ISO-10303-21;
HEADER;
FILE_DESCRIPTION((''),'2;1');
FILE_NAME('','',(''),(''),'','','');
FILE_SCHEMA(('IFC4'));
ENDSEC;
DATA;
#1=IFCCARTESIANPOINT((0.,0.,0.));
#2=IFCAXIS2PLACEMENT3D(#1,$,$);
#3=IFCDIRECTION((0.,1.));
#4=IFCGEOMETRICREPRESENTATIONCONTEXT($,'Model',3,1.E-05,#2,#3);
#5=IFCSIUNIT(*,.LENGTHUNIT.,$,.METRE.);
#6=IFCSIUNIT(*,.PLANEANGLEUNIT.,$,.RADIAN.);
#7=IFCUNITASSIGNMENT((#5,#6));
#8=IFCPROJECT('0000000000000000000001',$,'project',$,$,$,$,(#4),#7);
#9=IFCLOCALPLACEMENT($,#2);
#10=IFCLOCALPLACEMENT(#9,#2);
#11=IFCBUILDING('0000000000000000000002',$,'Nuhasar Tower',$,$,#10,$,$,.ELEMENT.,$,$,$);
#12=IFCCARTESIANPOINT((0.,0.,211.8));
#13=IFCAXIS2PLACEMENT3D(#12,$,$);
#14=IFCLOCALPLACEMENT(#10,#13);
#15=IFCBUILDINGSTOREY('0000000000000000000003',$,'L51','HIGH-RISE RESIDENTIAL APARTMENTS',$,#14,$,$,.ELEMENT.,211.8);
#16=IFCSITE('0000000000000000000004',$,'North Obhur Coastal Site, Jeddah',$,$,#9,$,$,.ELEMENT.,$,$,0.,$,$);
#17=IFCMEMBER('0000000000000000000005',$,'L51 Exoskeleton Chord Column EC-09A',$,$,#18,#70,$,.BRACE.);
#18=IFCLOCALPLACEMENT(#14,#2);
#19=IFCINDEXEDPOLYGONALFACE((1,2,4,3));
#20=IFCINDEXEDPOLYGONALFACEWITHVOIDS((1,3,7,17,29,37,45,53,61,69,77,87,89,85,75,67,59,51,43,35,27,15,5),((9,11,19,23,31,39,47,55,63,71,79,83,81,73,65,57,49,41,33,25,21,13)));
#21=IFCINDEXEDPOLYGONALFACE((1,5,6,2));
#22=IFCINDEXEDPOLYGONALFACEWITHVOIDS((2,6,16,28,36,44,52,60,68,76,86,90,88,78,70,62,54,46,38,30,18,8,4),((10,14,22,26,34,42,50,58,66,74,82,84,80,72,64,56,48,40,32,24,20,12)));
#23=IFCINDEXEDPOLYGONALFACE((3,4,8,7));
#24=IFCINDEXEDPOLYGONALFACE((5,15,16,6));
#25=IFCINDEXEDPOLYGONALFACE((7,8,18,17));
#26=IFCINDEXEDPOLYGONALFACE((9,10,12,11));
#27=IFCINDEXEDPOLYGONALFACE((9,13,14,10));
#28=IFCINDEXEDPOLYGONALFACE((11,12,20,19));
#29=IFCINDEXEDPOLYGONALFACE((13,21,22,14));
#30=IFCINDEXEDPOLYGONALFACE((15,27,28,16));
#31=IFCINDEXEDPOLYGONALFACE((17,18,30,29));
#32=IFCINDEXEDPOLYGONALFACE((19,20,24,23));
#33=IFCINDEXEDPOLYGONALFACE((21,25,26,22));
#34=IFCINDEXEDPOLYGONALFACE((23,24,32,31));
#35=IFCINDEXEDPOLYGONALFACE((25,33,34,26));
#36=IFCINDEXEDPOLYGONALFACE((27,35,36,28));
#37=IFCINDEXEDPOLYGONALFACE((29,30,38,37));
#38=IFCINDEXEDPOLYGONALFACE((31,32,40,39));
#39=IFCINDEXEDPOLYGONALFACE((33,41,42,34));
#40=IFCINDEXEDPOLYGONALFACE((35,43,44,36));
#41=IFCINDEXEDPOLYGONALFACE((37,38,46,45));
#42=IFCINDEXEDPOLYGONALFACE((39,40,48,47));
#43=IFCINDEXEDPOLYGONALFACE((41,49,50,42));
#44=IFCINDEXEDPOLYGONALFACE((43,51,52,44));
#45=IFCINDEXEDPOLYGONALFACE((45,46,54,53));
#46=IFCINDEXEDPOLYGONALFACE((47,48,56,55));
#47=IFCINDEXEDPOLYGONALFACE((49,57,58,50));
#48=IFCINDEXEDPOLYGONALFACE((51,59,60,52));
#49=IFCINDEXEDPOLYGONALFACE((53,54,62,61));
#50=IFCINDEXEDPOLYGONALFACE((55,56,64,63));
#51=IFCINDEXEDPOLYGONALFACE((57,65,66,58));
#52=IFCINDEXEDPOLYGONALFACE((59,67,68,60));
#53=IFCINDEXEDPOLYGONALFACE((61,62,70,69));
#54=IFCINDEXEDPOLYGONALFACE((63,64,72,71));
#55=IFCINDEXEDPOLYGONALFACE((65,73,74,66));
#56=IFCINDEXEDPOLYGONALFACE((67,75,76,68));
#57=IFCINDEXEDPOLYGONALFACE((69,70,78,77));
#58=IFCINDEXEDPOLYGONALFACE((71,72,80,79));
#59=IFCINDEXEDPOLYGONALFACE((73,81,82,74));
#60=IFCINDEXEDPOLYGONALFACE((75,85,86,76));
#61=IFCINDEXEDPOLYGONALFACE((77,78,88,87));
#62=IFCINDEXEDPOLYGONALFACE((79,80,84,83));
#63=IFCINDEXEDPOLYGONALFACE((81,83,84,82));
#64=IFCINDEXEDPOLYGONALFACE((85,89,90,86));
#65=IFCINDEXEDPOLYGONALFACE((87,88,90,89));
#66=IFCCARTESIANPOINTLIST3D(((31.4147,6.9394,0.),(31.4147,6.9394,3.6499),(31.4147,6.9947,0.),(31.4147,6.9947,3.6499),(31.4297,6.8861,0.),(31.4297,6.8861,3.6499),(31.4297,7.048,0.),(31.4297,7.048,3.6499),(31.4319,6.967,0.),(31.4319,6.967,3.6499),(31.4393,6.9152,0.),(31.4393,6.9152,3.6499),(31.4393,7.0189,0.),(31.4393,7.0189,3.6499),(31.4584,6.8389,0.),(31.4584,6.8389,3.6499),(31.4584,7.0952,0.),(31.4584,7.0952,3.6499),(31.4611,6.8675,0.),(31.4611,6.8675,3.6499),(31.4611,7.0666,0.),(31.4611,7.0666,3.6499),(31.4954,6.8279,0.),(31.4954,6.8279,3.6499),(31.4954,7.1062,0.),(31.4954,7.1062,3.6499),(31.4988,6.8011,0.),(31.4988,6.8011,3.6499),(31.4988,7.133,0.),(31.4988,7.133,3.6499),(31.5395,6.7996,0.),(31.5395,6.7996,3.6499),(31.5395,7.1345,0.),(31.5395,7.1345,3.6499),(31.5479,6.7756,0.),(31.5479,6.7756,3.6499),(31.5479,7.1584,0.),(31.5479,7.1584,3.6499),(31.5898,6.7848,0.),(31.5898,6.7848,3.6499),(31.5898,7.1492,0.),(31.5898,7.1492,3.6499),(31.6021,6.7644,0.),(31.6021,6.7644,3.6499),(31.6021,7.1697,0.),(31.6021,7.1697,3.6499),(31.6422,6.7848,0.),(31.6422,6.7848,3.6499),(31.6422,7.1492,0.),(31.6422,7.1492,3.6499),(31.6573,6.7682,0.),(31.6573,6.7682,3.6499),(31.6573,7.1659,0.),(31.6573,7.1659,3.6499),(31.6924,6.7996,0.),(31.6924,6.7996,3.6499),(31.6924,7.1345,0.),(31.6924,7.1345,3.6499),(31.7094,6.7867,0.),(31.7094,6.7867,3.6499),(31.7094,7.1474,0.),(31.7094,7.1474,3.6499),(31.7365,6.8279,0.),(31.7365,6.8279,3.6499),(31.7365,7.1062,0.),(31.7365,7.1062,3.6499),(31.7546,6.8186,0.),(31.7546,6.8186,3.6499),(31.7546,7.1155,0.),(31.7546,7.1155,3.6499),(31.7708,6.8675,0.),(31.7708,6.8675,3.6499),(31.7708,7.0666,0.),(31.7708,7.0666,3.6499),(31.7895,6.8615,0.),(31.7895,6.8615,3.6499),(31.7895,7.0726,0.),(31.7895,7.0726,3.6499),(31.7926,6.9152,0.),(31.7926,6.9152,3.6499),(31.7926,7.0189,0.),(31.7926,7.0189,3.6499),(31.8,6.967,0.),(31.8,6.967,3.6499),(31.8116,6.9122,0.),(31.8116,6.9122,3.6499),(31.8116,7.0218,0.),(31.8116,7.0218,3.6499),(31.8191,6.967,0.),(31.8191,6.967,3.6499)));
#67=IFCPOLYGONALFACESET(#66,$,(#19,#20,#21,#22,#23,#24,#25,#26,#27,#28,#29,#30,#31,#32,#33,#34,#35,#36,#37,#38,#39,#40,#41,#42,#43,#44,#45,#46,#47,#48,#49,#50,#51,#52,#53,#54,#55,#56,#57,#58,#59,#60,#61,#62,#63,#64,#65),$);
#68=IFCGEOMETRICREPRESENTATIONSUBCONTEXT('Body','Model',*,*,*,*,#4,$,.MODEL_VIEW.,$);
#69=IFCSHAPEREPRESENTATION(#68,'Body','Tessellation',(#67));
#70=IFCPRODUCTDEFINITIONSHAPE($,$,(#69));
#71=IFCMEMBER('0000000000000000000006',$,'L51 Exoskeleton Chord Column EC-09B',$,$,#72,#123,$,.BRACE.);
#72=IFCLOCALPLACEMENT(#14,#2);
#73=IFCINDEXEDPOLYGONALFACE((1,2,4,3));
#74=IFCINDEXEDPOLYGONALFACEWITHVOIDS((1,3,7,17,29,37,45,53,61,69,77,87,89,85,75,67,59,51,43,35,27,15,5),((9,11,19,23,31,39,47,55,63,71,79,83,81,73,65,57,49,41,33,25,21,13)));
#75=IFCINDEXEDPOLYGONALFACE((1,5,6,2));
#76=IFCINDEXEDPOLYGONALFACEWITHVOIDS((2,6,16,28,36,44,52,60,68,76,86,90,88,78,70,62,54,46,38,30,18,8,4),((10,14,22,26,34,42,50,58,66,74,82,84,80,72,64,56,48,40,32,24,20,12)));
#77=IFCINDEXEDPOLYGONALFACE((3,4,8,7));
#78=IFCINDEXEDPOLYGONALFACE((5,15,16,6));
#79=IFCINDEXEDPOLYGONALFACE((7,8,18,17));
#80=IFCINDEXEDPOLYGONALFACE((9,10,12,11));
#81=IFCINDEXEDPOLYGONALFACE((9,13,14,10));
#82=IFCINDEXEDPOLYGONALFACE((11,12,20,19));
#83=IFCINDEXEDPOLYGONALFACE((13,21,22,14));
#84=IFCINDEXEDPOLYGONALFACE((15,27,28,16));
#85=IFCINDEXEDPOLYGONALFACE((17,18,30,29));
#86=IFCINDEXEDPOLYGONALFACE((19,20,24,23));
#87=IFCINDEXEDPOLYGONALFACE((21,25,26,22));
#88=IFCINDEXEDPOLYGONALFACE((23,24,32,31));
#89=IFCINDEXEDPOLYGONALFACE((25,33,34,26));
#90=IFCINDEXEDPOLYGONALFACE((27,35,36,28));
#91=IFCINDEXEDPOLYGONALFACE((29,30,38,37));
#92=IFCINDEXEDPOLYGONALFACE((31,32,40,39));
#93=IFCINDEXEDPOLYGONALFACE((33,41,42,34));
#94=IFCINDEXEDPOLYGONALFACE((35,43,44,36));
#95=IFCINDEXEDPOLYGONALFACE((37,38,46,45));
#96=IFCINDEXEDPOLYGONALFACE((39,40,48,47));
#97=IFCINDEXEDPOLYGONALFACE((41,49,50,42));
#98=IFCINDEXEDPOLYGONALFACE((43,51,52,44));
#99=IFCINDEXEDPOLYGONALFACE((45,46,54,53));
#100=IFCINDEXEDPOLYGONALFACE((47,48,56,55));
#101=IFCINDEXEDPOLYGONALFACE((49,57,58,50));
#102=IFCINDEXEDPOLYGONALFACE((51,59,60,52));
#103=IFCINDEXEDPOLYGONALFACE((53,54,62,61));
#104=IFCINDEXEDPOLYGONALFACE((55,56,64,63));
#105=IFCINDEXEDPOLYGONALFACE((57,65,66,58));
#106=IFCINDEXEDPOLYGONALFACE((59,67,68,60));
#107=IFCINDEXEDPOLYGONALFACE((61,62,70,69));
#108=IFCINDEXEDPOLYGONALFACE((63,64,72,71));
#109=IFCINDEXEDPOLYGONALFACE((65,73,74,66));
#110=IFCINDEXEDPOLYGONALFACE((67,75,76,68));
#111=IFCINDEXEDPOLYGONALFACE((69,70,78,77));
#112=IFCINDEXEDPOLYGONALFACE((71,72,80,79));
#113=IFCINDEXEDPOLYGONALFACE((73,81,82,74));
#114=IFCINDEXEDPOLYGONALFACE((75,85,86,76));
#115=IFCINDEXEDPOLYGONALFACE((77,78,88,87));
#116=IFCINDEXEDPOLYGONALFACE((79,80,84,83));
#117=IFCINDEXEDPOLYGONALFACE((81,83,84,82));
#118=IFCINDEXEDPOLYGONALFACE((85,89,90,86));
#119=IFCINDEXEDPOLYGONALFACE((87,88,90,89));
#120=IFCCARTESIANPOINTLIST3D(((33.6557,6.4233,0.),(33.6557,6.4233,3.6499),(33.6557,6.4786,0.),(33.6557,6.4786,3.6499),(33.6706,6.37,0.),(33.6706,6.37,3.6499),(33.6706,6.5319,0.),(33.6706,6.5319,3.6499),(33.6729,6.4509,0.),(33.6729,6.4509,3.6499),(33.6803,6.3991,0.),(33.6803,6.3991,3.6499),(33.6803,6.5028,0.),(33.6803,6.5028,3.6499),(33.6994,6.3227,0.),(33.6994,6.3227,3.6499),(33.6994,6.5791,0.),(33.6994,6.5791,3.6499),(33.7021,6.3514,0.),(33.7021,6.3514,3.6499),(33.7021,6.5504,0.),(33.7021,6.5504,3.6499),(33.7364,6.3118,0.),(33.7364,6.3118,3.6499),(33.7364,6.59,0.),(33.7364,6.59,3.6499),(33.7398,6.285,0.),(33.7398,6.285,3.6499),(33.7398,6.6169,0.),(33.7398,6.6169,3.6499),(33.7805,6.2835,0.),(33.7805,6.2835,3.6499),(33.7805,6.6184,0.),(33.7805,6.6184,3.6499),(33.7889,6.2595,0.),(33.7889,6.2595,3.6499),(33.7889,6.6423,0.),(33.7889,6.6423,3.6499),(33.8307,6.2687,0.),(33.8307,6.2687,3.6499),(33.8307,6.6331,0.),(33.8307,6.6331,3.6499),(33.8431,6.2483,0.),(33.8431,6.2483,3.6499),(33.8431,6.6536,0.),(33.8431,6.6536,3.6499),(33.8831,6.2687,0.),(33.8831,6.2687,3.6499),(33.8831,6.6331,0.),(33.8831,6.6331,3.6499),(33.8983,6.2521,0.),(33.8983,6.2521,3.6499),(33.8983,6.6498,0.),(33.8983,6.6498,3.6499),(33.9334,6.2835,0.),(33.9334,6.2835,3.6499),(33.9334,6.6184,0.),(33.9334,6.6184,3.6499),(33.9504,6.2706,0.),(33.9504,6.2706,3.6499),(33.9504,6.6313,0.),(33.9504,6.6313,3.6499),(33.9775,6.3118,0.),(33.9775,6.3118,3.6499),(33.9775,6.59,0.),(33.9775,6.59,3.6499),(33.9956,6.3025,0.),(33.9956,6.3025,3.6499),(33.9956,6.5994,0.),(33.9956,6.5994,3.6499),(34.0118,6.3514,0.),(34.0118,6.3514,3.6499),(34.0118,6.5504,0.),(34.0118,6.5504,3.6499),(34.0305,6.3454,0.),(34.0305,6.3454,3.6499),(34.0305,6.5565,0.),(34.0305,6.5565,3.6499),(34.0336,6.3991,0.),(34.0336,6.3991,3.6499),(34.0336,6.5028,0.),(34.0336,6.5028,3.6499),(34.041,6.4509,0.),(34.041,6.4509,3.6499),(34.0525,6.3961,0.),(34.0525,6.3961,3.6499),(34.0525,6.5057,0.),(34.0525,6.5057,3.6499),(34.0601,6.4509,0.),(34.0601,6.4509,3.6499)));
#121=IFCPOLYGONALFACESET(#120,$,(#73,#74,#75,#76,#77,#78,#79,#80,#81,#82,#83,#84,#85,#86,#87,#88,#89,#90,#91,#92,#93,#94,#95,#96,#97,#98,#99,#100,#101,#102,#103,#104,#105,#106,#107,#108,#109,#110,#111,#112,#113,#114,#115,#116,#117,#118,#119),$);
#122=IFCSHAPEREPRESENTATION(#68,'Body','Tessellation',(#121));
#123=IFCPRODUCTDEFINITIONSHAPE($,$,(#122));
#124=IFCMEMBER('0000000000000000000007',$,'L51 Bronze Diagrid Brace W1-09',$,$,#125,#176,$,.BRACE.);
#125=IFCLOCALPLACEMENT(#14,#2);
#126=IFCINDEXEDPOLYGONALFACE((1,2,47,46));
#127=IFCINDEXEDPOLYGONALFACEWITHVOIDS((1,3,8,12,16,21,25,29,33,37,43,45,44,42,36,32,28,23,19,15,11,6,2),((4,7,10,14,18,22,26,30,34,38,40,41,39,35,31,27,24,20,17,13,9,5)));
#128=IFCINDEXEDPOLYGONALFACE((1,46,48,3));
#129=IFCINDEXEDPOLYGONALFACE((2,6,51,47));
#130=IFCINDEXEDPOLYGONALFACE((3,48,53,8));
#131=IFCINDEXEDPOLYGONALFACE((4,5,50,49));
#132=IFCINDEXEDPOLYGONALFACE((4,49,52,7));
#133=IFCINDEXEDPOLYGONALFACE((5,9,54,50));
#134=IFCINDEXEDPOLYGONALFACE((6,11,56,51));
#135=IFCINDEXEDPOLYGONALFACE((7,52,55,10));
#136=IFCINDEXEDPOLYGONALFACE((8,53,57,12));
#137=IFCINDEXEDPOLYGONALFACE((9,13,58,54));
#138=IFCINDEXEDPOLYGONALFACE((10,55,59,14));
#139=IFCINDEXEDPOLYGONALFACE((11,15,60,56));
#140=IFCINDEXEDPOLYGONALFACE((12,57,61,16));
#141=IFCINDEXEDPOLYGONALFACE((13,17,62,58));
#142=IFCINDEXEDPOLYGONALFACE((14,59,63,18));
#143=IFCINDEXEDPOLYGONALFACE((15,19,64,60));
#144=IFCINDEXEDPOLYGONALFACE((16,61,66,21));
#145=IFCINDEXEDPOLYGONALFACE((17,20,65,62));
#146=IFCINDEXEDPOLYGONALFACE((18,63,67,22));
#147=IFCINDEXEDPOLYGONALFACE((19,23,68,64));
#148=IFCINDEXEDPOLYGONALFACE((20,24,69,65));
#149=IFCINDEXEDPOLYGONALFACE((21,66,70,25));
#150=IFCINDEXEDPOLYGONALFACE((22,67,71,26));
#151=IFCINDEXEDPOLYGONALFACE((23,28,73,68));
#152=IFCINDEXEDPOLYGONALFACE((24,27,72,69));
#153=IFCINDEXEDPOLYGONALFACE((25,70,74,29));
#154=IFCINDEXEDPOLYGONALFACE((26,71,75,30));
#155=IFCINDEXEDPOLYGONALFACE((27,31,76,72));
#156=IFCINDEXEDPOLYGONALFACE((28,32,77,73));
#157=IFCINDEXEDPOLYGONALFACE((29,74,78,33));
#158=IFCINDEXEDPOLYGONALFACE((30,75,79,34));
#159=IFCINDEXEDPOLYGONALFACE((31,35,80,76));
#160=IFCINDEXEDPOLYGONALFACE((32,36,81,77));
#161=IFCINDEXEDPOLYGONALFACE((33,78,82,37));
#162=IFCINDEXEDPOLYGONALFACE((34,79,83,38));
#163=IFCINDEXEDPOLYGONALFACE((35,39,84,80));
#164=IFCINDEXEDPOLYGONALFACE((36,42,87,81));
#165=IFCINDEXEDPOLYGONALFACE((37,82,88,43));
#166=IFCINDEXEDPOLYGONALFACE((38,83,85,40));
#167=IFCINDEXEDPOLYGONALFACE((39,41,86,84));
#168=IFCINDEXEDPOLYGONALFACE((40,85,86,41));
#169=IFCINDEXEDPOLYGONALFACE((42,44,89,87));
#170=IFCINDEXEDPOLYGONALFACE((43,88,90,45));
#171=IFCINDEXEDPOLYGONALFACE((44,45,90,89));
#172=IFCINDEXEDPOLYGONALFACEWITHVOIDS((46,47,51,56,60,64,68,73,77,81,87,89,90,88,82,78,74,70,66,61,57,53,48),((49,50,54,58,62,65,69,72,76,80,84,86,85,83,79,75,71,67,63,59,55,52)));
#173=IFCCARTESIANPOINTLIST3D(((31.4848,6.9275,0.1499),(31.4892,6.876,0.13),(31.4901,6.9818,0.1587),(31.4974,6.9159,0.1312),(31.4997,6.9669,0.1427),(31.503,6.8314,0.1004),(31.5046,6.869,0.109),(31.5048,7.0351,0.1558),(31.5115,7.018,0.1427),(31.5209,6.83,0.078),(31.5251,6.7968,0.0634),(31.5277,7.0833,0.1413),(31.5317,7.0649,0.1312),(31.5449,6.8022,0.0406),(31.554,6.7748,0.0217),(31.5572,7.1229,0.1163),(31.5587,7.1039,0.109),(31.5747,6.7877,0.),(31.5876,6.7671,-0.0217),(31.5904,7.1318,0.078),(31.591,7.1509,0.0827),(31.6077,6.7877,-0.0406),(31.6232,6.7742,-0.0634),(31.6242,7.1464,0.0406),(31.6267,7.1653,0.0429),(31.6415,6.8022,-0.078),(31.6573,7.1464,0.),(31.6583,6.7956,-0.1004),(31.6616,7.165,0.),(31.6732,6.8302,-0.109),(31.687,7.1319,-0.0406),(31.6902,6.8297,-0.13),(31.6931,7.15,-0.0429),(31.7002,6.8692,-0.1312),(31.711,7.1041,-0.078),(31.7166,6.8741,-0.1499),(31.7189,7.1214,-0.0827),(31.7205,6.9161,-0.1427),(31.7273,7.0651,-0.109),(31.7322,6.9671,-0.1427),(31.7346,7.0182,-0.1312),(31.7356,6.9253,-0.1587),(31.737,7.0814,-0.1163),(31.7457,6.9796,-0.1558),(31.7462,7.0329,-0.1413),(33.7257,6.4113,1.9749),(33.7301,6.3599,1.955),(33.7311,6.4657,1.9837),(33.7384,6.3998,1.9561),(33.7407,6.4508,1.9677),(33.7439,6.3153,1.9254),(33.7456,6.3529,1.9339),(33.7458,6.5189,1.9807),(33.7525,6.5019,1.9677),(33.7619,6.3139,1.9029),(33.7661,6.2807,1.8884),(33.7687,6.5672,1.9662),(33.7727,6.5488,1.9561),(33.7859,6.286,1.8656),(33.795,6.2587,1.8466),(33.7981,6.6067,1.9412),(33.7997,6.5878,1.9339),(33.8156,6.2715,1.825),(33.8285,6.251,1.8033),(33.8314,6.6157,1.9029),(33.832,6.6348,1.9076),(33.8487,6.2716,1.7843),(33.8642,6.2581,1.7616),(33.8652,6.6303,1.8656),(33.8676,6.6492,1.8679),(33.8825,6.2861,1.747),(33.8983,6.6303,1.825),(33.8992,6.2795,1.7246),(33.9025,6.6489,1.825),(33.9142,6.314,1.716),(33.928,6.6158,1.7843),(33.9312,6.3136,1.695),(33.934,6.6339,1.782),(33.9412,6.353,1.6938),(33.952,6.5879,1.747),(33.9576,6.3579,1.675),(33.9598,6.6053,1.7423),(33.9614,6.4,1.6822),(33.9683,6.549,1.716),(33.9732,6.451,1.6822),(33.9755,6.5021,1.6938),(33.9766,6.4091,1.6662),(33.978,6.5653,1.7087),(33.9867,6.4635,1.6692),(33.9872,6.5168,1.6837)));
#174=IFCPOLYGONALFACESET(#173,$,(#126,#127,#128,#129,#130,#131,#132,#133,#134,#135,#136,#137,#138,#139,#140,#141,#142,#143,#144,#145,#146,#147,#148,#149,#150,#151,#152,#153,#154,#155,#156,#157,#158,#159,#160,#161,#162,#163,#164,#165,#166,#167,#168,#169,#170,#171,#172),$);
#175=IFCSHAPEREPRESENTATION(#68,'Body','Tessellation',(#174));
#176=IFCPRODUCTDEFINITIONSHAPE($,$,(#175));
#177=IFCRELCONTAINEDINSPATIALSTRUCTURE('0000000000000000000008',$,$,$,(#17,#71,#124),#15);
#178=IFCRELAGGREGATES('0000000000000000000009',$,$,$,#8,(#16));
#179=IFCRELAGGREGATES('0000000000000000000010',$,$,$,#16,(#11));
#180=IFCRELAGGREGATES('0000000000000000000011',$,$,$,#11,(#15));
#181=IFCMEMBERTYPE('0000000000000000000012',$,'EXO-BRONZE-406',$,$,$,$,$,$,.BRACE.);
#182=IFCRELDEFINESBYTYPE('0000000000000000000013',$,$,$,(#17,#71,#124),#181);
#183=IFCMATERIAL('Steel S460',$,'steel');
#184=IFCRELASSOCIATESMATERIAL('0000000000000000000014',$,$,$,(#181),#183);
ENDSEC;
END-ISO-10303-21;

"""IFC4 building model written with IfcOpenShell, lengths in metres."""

from ifc_helpers import new_model, si_unit, direction, frame, origin, origin_2d, place, context, subcontext, project, spatial, hollow_circle, extrude, material, material_profile, profile_set, type_object, element, save


model = new_model("IFC4")

# Units and contexts
model_context = context("Model", 3, precision=1e-05, world=origin(), true_north=direction((0.0, 1.0)))
body_context = subcontext(model_context, "Body", "Model", "MODEL_VIEW")
ifc_project = project(units=[si_unit("LENGTHUNIT", "METRE"), si_unit("PLANEANGLEUNIT", "RADIAN")], contexts=[model_context])

# Site, building, storey
site_placement = place(None, origin())
site = spatial("IfcSite", under=ifc_project, at=site_placement, Name="North Obhur Coastal Site, Jeddah", CompositionType="ELEMENT", RefElevation=0.0)
building_placement = place(site_placement, origin())
building = spatial("IfcBuilding", under=site, at=building_placement, Name="Nuhasar Tower", CompositionType="ELEMENT")
storey_placement = place(building_placement, frame((0.0, 0.0, 211.8)))
storey = spatial("IfcBuildingStorey", under=building, at=storey_placement, Name="L51", Description="HIGH-RISE RESIDENTIAL APARTMENTS", CompositionType="ELEMENT", Elevation=211.8)

# Members
ifc_material_1 = material(Name="Steel S460", Category="steel")
ifc_material_profile_1 = material_profile(ifc_material_1, hollow_circle(Radius=0.2031, WallThickness=0.019, at=origin_2d()), Name="HSS406.4X19.1")
ifc_profile_set_1 = profile_set([ifc_material_profile_1], Name="Steel S460")
member_type = type_object("IfcMemberType", Name="EXO-BRONZE-406", PredefinedType="BRACE", material=ifc_profile_set_1)
for number, where, z_axis, x_axis, name in (
    (1, (31.616, 6.967, 0.0), (0.0, 0.0, 1.0), (1.0, 0.0, 0.0), "L51 Exoskeleton Chord Column EC-09A"),
    (2, (33.8569, 6.4509, 0.0), (0.0, 0.0, 1.0), (1.0, 0.0, 0.0), "L51 Exoskeleton Chord Column EC-09B"),
):
    element("IfcMember", number, at=place(storey_placement, frame(where, z_axis=z_axis, x_axis=x_axis)), inside=storey, type_object=member_type, Name=name, PredefinedType="BRACE", context=body_context, shape_type="SweptSolid", body=[
        extrude(hollow_circle(Radius=0.2031, WallThickness=0.019, at=origin_2d()), origin(), (0.0, 0.0, 1.0), 3.6499),
    ])
for number, where, z_axis, x_axis, name in (
    (3, (31.616, 6.967, 0.0), (0.763332, -0.175802, 0.621626), (0.224433, 0.97449, 0.0), "L51 Bronze Diagrid Brace W1-09"),
):
    element("IfcMember", number, at=place(storey_placement, frame(where, z_axis=z_axis, x_axis=x_axis)), inside=storey, type_object=member_type, Name=name, PredefinedType="BRACE", context=body_context, shape_type="SweptSolid", body=[
        extrude(hollow_circle(Radius=0.2031, WallThickness=0.019, at=origin_2d()), origin(), (0.0, 0.0, 1.0), 2.9358),
    ])

save(model, "model.ifc")
